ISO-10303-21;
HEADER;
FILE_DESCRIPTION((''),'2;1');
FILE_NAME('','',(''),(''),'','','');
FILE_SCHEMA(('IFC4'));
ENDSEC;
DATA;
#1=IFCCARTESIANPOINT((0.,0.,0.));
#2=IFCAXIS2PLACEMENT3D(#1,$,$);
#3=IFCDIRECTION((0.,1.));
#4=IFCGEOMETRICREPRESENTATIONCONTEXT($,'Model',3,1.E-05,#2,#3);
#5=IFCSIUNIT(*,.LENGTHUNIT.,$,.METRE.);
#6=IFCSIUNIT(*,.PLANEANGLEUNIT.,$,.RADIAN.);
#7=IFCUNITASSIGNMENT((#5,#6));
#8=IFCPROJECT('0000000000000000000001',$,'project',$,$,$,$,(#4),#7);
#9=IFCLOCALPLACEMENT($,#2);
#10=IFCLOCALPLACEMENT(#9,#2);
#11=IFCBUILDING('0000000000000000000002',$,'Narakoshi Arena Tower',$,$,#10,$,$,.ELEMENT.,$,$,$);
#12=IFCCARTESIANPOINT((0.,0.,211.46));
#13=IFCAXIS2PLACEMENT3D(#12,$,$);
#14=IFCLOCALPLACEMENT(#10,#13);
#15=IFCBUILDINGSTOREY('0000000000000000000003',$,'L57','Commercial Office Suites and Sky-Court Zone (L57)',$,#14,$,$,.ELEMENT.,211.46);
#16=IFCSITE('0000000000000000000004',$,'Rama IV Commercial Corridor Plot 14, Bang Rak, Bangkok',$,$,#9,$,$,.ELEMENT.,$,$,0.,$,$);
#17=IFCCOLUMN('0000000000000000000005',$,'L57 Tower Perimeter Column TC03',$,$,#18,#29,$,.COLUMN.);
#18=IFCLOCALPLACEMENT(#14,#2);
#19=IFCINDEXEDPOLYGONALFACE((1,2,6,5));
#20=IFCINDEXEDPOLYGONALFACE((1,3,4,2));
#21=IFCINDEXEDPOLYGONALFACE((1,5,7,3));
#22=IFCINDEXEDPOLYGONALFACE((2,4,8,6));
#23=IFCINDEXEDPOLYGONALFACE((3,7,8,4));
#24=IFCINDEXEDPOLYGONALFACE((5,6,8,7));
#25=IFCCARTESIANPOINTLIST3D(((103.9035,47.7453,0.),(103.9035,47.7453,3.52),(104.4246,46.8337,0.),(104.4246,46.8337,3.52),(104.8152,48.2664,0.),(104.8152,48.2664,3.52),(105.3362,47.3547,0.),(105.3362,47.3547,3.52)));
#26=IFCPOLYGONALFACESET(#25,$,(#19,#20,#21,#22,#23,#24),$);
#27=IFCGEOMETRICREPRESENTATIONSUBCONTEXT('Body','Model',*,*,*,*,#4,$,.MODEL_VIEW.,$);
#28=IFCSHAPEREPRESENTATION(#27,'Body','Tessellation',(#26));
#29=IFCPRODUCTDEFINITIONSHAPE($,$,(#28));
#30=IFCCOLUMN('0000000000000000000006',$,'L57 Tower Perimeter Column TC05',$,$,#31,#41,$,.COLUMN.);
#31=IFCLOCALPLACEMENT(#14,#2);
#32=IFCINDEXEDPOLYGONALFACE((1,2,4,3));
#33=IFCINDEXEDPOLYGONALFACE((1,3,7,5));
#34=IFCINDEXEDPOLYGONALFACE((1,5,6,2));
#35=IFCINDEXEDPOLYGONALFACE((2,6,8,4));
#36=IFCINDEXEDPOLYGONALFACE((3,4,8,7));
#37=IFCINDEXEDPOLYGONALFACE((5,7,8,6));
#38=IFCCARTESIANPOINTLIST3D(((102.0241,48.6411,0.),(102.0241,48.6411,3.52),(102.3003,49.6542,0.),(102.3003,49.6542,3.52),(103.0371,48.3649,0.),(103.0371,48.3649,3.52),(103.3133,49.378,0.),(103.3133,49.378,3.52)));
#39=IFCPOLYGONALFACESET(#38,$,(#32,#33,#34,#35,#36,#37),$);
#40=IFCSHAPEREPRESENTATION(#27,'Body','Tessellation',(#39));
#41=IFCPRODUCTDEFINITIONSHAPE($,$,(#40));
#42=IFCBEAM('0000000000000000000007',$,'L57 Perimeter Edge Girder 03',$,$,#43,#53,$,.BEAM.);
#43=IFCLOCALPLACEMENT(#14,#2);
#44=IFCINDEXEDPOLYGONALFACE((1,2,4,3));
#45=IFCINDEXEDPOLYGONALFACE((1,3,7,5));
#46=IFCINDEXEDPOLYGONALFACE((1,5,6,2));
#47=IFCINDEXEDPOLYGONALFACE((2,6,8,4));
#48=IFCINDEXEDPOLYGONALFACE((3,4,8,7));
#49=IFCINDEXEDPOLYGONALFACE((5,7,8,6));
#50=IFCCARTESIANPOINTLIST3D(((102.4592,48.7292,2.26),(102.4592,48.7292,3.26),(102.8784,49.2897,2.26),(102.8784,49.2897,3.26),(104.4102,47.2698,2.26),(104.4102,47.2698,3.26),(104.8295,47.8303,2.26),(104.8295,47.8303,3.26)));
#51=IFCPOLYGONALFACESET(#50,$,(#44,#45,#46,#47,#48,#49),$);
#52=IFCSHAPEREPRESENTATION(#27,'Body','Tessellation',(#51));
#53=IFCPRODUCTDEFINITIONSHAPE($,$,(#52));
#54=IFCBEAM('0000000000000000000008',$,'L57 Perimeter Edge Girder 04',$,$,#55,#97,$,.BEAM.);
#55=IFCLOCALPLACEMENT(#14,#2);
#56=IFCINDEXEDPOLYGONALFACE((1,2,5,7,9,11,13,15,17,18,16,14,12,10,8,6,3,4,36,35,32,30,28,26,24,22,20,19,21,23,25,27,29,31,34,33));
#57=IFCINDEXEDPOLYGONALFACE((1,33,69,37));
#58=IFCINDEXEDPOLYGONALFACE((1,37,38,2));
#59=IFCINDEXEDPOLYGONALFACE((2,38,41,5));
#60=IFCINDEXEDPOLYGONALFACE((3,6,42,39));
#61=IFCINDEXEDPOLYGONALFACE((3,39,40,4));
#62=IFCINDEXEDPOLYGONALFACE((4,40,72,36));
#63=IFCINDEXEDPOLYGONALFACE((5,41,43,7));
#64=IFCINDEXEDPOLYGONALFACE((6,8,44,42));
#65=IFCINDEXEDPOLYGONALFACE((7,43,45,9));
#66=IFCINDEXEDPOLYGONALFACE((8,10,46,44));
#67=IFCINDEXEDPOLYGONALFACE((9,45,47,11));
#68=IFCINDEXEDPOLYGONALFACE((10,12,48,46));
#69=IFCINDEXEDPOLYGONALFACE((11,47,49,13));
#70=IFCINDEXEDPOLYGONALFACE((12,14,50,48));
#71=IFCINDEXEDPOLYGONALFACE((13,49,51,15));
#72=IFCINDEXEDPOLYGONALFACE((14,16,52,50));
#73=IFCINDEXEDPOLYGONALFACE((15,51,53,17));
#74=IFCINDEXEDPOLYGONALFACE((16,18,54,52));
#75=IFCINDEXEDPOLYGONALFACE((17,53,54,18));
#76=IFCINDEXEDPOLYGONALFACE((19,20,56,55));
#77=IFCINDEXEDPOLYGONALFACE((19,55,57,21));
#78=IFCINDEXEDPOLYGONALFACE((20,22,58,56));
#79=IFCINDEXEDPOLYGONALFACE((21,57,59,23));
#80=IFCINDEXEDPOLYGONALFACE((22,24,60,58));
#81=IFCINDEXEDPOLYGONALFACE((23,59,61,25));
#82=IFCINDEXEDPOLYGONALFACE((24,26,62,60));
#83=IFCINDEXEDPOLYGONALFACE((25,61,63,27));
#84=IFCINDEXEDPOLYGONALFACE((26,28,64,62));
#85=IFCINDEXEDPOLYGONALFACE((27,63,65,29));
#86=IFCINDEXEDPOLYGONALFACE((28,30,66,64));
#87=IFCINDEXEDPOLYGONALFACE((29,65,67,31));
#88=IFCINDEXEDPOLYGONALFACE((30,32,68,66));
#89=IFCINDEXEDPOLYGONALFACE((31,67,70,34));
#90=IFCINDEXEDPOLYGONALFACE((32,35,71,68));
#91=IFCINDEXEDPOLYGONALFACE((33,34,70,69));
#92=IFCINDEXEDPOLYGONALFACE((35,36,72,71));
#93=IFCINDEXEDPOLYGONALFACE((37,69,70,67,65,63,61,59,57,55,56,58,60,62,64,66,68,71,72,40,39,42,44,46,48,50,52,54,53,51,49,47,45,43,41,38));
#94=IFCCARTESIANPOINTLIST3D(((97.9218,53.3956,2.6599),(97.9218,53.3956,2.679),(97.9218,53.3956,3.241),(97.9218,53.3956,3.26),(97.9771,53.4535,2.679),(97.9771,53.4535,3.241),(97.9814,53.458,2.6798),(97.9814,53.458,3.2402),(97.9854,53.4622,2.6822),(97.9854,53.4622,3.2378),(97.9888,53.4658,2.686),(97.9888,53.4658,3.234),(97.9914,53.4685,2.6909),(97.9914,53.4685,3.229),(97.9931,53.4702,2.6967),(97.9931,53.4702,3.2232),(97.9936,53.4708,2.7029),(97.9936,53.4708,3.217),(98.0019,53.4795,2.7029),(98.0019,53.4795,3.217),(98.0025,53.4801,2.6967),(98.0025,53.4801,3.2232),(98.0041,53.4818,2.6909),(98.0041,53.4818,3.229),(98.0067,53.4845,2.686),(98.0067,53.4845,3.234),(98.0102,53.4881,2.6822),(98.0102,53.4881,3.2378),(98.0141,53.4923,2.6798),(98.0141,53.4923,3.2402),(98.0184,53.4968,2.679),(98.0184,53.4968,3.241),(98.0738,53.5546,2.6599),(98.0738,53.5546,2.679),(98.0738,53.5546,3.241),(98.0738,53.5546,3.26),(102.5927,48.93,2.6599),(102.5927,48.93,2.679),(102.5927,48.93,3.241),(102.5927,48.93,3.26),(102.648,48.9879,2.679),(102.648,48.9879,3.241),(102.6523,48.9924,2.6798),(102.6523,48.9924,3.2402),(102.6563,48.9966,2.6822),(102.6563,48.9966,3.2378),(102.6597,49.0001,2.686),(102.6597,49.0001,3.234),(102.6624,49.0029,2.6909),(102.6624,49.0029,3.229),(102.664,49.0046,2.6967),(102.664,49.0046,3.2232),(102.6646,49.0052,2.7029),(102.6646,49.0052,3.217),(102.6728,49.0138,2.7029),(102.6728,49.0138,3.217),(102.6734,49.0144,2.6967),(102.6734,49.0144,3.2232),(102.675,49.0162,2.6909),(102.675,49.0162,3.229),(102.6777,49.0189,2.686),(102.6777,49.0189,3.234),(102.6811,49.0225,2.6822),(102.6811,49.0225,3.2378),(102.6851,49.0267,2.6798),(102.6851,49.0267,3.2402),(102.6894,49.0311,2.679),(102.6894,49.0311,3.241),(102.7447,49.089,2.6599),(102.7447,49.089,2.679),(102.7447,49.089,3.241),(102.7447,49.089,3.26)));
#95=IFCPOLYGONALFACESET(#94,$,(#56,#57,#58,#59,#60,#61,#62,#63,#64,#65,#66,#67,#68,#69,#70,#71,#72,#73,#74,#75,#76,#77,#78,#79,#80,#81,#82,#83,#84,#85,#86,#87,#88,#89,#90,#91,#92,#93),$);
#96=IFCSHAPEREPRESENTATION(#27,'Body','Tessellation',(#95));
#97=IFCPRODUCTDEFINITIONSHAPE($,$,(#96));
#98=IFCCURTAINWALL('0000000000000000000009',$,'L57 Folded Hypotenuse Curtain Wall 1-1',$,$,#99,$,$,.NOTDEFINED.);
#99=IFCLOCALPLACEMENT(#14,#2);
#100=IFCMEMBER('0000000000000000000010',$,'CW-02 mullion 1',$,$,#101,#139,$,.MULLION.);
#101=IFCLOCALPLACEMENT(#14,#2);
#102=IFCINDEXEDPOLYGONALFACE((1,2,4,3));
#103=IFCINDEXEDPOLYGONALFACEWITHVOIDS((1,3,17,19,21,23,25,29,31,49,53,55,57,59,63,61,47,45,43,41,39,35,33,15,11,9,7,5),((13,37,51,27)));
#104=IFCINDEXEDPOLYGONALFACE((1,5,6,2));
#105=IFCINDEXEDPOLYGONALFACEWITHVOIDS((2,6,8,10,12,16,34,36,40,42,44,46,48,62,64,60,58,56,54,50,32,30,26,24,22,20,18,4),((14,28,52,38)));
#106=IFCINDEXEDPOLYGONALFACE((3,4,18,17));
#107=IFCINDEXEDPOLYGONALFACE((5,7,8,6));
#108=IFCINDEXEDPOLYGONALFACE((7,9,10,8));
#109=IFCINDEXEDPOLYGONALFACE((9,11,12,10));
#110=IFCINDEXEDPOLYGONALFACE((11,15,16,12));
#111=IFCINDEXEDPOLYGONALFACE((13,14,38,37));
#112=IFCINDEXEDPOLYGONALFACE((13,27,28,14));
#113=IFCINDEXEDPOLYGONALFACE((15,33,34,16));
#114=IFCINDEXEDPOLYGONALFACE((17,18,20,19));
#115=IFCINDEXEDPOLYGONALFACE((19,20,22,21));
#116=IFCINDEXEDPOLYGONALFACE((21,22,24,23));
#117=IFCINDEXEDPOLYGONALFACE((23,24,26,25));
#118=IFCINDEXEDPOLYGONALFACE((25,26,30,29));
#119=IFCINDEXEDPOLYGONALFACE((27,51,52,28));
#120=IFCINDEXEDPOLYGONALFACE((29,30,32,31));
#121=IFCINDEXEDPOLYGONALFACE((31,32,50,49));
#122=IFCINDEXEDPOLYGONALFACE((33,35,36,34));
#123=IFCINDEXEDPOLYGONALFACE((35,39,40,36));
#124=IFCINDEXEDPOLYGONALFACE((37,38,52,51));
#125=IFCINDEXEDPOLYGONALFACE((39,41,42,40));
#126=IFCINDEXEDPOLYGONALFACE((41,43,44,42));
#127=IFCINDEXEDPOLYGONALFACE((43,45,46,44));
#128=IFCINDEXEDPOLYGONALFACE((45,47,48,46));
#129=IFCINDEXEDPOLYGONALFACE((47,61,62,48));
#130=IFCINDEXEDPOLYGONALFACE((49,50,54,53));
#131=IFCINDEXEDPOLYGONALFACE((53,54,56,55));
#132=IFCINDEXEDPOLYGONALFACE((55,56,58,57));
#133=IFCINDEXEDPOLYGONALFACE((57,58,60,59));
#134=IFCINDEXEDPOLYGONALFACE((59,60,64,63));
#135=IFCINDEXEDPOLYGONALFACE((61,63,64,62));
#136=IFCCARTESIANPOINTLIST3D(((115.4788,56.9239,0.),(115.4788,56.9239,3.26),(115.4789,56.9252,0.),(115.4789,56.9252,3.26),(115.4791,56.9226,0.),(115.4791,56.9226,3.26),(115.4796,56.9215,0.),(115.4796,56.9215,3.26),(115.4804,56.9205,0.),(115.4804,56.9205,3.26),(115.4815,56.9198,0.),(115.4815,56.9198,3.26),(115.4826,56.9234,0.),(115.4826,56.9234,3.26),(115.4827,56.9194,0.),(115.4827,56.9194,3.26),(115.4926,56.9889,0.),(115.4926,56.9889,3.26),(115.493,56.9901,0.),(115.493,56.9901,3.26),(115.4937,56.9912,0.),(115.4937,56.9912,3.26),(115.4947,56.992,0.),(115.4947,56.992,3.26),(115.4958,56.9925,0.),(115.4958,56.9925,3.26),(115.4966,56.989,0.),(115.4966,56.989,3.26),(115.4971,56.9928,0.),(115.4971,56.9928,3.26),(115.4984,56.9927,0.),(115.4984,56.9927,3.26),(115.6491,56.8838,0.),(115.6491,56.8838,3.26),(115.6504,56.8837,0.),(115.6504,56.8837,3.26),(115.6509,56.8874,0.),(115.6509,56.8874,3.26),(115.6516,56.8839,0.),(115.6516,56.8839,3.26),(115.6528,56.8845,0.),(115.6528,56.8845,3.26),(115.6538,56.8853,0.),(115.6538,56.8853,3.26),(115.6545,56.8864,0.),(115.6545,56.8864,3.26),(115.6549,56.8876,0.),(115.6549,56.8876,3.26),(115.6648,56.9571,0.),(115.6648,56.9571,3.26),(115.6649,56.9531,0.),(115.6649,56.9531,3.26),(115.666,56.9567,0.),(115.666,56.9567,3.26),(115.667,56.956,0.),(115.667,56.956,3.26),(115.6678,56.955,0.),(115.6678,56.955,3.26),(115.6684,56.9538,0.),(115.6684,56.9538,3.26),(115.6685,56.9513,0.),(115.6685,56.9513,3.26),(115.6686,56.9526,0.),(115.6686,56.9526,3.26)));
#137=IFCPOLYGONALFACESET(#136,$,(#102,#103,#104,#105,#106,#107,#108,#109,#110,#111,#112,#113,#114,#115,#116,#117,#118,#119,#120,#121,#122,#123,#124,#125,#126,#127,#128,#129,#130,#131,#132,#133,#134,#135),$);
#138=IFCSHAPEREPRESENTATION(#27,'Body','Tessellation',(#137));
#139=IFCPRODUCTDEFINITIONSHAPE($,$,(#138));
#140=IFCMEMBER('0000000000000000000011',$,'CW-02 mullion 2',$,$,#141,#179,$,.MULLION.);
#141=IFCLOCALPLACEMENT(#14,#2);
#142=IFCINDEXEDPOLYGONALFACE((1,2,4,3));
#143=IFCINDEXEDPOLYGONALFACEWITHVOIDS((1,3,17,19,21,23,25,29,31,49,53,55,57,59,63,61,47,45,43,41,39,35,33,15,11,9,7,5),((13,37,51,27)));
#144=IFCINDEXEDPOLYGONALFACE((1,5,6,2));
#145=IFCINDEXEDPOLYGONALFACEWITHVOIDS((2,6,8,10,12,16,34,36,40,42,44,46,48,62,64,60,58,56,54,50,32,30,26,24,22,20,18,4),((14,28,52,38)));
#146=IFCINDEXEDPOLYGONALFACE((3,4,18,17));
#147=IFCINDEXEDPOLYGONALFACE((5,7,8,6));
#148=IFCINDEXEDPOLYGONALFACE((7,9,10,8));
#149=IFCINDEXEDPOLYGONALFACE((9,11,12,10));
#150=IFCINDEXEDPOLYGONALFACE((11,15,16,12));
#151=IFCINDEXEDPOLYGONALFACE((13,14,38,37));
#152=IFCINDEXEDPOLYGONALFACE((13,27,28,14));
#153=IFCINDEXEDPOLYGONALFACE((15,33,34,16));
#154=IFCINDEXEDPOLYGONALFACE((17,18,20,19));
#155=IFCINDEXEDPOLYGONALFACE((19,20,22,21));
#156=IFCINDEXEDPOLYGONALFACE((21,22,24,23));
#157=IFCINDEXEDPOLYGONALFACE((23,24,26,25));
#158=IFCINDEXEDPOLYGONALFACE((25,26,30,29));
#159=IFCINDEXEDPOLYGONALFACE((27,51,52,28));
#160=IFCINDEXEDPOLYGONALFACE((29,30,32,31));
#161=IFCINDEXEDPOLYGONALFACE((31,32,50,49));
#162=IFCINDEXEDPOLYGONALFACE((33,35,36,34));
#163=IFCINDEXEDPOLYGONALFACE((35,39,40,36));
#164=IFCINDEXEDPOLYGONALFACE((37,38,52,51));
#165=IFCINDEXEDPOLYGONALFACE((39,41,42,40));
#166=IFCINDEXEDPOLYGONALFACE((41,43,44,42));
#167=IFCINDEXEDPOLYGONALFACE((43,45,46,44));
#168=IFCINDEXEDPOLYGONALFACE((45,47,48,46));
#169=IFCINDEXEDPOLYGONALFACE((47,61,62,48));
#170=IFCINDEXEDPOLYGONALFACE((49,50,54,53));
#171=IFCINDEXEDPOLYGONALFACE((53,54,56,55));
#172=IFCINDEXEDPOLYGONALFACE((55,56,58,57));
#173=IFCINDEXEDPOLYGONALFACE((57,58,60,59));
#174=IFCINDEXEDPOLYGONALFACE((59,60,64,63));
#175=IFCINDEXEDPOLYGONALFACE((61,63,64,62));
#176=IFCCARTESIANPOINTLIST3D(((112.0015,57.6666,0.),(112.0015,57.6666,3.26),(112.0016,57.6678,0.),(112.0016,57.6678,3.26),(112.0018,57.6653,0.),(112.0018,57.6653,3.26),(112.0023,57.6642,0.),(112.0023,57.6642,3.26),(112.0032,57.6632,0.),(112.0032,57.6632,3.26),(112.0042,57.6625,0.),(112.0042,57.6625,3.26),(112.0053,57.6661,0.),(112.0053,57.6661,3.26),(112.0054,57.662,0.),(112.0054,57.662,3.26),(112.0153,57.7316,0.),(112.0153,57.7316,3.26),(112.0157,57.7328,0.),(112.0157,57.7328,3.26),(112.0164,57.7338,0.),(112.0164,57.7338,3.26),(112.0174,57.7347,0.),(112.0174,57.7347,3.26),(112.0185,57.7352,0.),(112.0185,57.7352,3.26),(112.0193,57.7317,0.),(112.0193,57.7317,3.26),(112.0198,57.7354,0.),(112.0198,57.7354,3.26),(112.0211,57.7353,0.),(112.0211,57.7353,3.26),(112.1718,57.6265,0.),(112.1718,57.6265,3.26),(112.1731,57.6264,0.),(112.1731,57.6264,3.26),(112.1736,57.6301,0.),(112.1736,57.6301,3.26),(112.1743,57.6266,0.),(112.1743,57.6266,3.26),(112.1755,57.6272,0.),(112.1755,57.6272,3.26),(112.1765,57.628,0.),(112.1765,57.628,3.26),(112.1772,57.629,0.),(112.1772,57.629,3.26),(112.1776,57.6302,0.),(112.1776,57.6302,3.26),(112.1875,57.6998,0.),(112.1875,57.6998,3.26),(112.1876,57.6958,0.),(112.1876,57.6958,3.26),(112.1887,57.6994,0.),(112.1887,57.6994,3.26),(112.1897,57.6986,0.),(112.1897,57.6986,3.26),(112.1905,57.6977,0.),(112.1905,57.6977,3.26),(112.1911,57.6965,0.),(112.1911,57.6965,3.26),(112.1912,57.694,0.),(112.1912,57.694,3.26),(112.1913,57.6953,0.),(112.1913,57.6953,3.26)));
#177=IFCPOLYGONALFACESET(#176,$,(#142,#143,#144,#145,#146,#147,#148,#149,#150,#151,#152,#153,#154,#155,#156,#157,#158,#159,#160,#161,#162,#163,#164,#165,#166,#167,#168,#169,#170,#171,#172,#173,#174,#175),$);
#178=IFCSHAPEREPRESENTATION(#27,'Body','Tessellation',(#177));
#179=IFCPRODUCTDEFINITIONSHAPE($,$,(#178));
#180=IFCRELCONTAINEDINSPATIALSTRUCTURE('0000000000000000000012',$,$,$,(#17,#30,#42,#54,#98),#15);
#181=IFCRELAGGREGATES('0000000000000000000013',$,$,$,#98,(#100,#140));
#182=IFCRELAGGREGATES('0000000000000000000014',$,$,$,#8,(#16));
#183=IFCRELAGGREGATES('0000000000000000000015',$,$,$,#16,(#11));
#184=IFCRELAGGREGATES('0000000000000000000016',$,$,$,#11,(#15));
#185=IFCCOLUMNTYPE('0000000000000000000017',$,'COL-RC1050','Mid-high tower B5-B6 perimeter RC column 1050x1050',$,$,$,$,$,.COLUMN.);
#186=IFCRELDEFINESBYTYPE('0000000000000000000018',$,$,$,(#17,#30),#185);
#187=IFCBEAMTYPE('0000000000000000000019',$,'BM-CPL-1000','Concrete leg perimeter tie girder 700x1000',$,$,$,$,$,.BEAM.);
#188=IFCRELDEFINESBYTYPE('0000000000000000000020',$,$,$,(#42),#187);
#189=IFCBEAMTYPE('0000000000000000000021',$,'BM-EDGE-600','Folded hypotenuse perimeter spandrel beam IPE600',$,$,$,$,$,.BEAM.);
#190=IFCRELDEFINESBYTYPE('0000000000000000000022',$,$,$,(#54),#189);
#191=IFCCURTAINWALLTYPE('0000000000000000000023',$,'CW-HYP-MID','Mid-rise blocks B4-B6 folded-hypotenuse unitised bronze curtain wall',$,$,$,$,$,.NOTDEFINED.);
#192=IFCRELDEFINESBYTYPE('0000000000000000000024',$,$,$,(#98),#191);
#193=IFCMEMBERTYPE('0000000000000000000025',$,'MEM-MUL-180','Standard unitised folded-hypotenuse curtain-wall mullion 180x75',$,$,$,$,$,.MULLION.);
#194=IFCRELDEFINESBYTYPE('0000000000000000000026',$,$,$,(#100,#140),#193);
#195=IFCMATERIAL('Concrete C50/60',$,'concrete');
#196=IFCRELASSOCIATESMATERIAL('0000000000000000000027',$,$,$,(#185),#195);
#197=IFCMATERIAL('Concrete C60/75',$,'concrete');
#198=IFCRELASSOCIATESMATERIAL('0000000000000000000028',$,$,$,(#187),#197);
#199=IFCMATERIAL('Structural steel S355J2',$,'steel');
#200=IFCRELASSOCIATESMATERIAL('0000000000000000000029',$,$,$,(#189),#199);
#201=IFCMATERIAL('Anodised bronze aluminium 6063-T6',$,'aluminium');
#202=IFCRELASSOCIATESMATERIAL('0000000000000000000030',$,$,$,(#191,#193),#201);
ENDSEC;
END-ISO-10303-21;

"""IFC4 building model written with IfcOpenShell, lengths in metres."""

from ifc_helpers import new_model, si_unit, direction, frame, origin, origin_2d, place, context, subcontext, project, spatial, rectangle, hollow_rectangle, i_section, extrude, material, material_profile, profile_set, type_object, element, aggregate, save


model = new_model("IFC4")

# Units and contexts
model_context = context("Model", 3, precision=1e-05, world=origin(), true_north=direction((0.0, 1.0)))
body_context = subcontext(model_context, "Body", "Model", "MODEL_VIEW")
ifc_project = project(units=[si_unit("LENGTHUNIT", "METRE"), si_unit("PLANEANGLEUNIT", "RADIAN")], contexts=[model_context])

# Site, building, storey
site_placement = place(None, origin())
site = spatial("IfcSite", under=ifc_project, at=site_placement, Name="Rama IV Commercial Corridor Plot 14, Bang Rak, Bangkok", CompositionType="ELEMENT", RefElevation=0.0)
building_placement = place(site_placement, origin())
building = spatial("IfcBuilding", under=site, at=building_placement, Name="Narakoshi Arena Tower", CompositionType="ELEMENT")
storey_placement = place(building_placement, frame((0.0, 0.0, 211.46)))
storey = spatial("IfcBuildingStorey", under=building, at=storey_placement, Name="L57", Description="Commercial Office Suites and Sky-Court Zone (L57)", CompositionType="ELEMENT", Elevation=211.46)

# Columns
ifc_material_1 = material(Name="Concrete C50/60", Category="concrete")
ifc_material_profile_1 = material_profile(ifc_material_1, rectangle(XDim=1.05, YDim=1.05, at=origin_2d()), Name="RC1050x1050")
ifc_profile_set_1 = profile_set([ifc_material_profile_1], Name="Concrete C50/60")
column_type = type_object("IfcColumnType", Name="COL-RC1050", Description="Mid-high tower B5-B6 perimeter RC column 1050x1050", PredefinedType="COLUMN", material=ifc_profile_set_1)
for number, where, z_axis, x_axis, name in (
    (1, (104.6199, 47.55, 0.0), (0.0, 0.0, 1.0), (0.868199, 0.496217, 0.0), "L57 Tower Perimeter Column TC03"),
    (2, (102.6687, 49.0095, 0.0), (0.0, 0.0, 1.0), (0.263031, 0.964787, 0.0), "L57 Tower Perimeter Column TC05"),
):
    element("IfcColumn", number, at=place(storey_placement, frame(where, z_axis=z_axis, x_axis=x_axis)), inside=storey, type_object=column_type, Name=name, PredefinedType="COLUMN", context=body_context, shape_type="SweptSolid", body=[
        extrude(rectangle(XDim=1.05, YDim=1.05, at=origin_2d()), origin(), (0.0, 0.0, 1.0), 3.52),
    ])

# Beams
ifc_material_2 = material(Name="Concrete C60/75", Category="concrete")
ifc_material_profile_2 = material_profile(ifc_material_2, rectangle(XDim=0.7, YDim=1.0, at=origin_2d()), Name="RCB700x1000")
ifc_profile_set_2 = profile_set([ifc_material_profile_2], Name="Concrete C60/75")
beam_type_1 = type_object("IfcBeamType", Name="BM-CPL-1000", Description="Concrete leg perimeter tie girder 700x1000", PredefinedType="BEAM", material=ifc_profile_set_2)
beam_1_placement = place(storey_placement, frame((104.6199, 47.55, 2.76), z_axis=(-0.800769, 0.598973, 0.0), x_axis=(-0.598973, -0.800769, 0.0)))
element("IfcBeam", 3, at=beam_1_placement, inside=storey, type_object=beam_type_1, Name="L57 Perimeter Edge Girder 03", PredefinedType="BEAM", context=body_context, shape_type="SweptSolid", body=[
    extrude(rectangle(XDim=0.7, YDim=1.0, at=origin_2d()), origin(), (0.0, 0.0, 1.0), 2.4365),
])
ifc_material_3 = material(Name="Structural steel S355J2", Category="steel")
ifc_material_profile_3 = material_profile(ifc_material_3, i_section(OverallWidth=0.22, OverallDepth=0.6001, WebThickness=0.012, FlangeThickness=0.019, FilletRadius=0.0239, at=origin_2d()), Name="IPE600")
ifc_profile_set_3 = profile_set([ifc_material_profile_3], Name="Structural steel S355J2")
beam_type_2 = type_object("IfcBeamType", Name="BM-EDGE-600", Description="Folded hypotenuse perimeter spandrel beam IPE600", PredefinedType="BEAM", material=ifc_profile_set_3)
beam_2_placement = place(storey_placement, frame((102.6687, 49.0095, 2.96), z_axis=(-0.722815, 0.691042, 0.0), x_axis=(-0.691042, -0.722815, 0.0)))
element("IfcBeam", 4, at=beam_2_placement, inside=storey, type_object=beam_type_2, Name="L57 Perimeter Edge Girder 04", PredefinedType="BEAM", context=body_context, shape_type="SweptSolid", body=[
    extrude(i_section(OverallWidth=0.22, OverallDepth=0.6001, WebThickness=0.012, FlangeThickness=0.019, FilletRadius=0.0239, at=origin_2d()), origin(), (0.0, 0.0, 1.0), 6.4622),
])

# Curtain wall, members
ifc_material_4 = material(Name="Anodised bronze aluminium 6063-T6", Category="aluminium")
curtain_wall_type = type_object("IfcCurtainWallType", Name="CW-HYP-MID", Description="Mid-rise blocks B4-B6 folded-hypotenuse unitised bronze curtain wall", PredefinedType="NOTDEFINED", material=ifc_material_4)
curtain_wall_placement = place(storey_placement, origin())
curtain_wall = element("IfcCurtainWall", 5, at=curtain_wall_placement, inside=storey, type_object=curtain_wall_type, Name="L57 Folded Hypotenuse Curtain Wall 1-1", PredefinedType="NOTDEFINED")
ifc_material_profile_4 = material_profile(ifc_material_4, hollow_rectangle(XDim=0.075, YDim=0.1799, WallThickness=0.0039, OuterFilletRadius=0.0049, at=origin_2d()), Name="MUL180x75x4")
ifc_profile_set_4 = profile_set([ifc_material_profile_4], Name="Anodised bronze aluminium 6063-T6")
member_type_1 = type_object("IfcMemberType", Name="MEM-MUL-180", Description="Standard unitised folded-hypotenuse curtain-wall mullion 180x75", PredefinedType="MULLION", material=ifc_profile_set_4)
member_1_placement = place(storey_placement, frame((115.5737, 56.9382, 0.0), z_axis=(0.0, 0.0, 1.0), x_axis=(-0.208899, -0.977937, 0.0)))
member_1 = element("IfcMember", 6, at=member_1_placement, type_object=member_type_1, Name="CW-02 mullion 1", PredefinedType="MULLION", context=body_context, shape_type="SweptSolid", body=[
    extrude(hollow_rectangle(XDim=0.075, YDim=0.1799, WallThickness=0.0039, OuterFilletRadius=0.0049, at=origin_2d()), origin(), (0.0, 0.0, 1.0), 3.26),
])
member_2_placement = place(storey_placement, frame((112.0964, 57.6809, 0.0), z_axis=(0.0, 0.0, 1.0), x_axis=(-0.208899, -0.977937, 0.0)))
member_2 = element("IfcMember", 7, at=member_2_placement, type_object=member_type_1, Name="CW-02 mullion 2", PredefinedType="MULLION", context=body_context, shape_type="SweptSolid", body=[
    extrude(hollow_rectangle(XDim=0.075, YDim=0.1799, WallThickness=0.0039, OuterFilletRadius=0.0049, at=origin_2d()), origin(), (0.0, 0.0, 1.0), 3.26),
])
aggregate(curtain_wall, [member_1, member_2])

save(model, "model.ifc")
